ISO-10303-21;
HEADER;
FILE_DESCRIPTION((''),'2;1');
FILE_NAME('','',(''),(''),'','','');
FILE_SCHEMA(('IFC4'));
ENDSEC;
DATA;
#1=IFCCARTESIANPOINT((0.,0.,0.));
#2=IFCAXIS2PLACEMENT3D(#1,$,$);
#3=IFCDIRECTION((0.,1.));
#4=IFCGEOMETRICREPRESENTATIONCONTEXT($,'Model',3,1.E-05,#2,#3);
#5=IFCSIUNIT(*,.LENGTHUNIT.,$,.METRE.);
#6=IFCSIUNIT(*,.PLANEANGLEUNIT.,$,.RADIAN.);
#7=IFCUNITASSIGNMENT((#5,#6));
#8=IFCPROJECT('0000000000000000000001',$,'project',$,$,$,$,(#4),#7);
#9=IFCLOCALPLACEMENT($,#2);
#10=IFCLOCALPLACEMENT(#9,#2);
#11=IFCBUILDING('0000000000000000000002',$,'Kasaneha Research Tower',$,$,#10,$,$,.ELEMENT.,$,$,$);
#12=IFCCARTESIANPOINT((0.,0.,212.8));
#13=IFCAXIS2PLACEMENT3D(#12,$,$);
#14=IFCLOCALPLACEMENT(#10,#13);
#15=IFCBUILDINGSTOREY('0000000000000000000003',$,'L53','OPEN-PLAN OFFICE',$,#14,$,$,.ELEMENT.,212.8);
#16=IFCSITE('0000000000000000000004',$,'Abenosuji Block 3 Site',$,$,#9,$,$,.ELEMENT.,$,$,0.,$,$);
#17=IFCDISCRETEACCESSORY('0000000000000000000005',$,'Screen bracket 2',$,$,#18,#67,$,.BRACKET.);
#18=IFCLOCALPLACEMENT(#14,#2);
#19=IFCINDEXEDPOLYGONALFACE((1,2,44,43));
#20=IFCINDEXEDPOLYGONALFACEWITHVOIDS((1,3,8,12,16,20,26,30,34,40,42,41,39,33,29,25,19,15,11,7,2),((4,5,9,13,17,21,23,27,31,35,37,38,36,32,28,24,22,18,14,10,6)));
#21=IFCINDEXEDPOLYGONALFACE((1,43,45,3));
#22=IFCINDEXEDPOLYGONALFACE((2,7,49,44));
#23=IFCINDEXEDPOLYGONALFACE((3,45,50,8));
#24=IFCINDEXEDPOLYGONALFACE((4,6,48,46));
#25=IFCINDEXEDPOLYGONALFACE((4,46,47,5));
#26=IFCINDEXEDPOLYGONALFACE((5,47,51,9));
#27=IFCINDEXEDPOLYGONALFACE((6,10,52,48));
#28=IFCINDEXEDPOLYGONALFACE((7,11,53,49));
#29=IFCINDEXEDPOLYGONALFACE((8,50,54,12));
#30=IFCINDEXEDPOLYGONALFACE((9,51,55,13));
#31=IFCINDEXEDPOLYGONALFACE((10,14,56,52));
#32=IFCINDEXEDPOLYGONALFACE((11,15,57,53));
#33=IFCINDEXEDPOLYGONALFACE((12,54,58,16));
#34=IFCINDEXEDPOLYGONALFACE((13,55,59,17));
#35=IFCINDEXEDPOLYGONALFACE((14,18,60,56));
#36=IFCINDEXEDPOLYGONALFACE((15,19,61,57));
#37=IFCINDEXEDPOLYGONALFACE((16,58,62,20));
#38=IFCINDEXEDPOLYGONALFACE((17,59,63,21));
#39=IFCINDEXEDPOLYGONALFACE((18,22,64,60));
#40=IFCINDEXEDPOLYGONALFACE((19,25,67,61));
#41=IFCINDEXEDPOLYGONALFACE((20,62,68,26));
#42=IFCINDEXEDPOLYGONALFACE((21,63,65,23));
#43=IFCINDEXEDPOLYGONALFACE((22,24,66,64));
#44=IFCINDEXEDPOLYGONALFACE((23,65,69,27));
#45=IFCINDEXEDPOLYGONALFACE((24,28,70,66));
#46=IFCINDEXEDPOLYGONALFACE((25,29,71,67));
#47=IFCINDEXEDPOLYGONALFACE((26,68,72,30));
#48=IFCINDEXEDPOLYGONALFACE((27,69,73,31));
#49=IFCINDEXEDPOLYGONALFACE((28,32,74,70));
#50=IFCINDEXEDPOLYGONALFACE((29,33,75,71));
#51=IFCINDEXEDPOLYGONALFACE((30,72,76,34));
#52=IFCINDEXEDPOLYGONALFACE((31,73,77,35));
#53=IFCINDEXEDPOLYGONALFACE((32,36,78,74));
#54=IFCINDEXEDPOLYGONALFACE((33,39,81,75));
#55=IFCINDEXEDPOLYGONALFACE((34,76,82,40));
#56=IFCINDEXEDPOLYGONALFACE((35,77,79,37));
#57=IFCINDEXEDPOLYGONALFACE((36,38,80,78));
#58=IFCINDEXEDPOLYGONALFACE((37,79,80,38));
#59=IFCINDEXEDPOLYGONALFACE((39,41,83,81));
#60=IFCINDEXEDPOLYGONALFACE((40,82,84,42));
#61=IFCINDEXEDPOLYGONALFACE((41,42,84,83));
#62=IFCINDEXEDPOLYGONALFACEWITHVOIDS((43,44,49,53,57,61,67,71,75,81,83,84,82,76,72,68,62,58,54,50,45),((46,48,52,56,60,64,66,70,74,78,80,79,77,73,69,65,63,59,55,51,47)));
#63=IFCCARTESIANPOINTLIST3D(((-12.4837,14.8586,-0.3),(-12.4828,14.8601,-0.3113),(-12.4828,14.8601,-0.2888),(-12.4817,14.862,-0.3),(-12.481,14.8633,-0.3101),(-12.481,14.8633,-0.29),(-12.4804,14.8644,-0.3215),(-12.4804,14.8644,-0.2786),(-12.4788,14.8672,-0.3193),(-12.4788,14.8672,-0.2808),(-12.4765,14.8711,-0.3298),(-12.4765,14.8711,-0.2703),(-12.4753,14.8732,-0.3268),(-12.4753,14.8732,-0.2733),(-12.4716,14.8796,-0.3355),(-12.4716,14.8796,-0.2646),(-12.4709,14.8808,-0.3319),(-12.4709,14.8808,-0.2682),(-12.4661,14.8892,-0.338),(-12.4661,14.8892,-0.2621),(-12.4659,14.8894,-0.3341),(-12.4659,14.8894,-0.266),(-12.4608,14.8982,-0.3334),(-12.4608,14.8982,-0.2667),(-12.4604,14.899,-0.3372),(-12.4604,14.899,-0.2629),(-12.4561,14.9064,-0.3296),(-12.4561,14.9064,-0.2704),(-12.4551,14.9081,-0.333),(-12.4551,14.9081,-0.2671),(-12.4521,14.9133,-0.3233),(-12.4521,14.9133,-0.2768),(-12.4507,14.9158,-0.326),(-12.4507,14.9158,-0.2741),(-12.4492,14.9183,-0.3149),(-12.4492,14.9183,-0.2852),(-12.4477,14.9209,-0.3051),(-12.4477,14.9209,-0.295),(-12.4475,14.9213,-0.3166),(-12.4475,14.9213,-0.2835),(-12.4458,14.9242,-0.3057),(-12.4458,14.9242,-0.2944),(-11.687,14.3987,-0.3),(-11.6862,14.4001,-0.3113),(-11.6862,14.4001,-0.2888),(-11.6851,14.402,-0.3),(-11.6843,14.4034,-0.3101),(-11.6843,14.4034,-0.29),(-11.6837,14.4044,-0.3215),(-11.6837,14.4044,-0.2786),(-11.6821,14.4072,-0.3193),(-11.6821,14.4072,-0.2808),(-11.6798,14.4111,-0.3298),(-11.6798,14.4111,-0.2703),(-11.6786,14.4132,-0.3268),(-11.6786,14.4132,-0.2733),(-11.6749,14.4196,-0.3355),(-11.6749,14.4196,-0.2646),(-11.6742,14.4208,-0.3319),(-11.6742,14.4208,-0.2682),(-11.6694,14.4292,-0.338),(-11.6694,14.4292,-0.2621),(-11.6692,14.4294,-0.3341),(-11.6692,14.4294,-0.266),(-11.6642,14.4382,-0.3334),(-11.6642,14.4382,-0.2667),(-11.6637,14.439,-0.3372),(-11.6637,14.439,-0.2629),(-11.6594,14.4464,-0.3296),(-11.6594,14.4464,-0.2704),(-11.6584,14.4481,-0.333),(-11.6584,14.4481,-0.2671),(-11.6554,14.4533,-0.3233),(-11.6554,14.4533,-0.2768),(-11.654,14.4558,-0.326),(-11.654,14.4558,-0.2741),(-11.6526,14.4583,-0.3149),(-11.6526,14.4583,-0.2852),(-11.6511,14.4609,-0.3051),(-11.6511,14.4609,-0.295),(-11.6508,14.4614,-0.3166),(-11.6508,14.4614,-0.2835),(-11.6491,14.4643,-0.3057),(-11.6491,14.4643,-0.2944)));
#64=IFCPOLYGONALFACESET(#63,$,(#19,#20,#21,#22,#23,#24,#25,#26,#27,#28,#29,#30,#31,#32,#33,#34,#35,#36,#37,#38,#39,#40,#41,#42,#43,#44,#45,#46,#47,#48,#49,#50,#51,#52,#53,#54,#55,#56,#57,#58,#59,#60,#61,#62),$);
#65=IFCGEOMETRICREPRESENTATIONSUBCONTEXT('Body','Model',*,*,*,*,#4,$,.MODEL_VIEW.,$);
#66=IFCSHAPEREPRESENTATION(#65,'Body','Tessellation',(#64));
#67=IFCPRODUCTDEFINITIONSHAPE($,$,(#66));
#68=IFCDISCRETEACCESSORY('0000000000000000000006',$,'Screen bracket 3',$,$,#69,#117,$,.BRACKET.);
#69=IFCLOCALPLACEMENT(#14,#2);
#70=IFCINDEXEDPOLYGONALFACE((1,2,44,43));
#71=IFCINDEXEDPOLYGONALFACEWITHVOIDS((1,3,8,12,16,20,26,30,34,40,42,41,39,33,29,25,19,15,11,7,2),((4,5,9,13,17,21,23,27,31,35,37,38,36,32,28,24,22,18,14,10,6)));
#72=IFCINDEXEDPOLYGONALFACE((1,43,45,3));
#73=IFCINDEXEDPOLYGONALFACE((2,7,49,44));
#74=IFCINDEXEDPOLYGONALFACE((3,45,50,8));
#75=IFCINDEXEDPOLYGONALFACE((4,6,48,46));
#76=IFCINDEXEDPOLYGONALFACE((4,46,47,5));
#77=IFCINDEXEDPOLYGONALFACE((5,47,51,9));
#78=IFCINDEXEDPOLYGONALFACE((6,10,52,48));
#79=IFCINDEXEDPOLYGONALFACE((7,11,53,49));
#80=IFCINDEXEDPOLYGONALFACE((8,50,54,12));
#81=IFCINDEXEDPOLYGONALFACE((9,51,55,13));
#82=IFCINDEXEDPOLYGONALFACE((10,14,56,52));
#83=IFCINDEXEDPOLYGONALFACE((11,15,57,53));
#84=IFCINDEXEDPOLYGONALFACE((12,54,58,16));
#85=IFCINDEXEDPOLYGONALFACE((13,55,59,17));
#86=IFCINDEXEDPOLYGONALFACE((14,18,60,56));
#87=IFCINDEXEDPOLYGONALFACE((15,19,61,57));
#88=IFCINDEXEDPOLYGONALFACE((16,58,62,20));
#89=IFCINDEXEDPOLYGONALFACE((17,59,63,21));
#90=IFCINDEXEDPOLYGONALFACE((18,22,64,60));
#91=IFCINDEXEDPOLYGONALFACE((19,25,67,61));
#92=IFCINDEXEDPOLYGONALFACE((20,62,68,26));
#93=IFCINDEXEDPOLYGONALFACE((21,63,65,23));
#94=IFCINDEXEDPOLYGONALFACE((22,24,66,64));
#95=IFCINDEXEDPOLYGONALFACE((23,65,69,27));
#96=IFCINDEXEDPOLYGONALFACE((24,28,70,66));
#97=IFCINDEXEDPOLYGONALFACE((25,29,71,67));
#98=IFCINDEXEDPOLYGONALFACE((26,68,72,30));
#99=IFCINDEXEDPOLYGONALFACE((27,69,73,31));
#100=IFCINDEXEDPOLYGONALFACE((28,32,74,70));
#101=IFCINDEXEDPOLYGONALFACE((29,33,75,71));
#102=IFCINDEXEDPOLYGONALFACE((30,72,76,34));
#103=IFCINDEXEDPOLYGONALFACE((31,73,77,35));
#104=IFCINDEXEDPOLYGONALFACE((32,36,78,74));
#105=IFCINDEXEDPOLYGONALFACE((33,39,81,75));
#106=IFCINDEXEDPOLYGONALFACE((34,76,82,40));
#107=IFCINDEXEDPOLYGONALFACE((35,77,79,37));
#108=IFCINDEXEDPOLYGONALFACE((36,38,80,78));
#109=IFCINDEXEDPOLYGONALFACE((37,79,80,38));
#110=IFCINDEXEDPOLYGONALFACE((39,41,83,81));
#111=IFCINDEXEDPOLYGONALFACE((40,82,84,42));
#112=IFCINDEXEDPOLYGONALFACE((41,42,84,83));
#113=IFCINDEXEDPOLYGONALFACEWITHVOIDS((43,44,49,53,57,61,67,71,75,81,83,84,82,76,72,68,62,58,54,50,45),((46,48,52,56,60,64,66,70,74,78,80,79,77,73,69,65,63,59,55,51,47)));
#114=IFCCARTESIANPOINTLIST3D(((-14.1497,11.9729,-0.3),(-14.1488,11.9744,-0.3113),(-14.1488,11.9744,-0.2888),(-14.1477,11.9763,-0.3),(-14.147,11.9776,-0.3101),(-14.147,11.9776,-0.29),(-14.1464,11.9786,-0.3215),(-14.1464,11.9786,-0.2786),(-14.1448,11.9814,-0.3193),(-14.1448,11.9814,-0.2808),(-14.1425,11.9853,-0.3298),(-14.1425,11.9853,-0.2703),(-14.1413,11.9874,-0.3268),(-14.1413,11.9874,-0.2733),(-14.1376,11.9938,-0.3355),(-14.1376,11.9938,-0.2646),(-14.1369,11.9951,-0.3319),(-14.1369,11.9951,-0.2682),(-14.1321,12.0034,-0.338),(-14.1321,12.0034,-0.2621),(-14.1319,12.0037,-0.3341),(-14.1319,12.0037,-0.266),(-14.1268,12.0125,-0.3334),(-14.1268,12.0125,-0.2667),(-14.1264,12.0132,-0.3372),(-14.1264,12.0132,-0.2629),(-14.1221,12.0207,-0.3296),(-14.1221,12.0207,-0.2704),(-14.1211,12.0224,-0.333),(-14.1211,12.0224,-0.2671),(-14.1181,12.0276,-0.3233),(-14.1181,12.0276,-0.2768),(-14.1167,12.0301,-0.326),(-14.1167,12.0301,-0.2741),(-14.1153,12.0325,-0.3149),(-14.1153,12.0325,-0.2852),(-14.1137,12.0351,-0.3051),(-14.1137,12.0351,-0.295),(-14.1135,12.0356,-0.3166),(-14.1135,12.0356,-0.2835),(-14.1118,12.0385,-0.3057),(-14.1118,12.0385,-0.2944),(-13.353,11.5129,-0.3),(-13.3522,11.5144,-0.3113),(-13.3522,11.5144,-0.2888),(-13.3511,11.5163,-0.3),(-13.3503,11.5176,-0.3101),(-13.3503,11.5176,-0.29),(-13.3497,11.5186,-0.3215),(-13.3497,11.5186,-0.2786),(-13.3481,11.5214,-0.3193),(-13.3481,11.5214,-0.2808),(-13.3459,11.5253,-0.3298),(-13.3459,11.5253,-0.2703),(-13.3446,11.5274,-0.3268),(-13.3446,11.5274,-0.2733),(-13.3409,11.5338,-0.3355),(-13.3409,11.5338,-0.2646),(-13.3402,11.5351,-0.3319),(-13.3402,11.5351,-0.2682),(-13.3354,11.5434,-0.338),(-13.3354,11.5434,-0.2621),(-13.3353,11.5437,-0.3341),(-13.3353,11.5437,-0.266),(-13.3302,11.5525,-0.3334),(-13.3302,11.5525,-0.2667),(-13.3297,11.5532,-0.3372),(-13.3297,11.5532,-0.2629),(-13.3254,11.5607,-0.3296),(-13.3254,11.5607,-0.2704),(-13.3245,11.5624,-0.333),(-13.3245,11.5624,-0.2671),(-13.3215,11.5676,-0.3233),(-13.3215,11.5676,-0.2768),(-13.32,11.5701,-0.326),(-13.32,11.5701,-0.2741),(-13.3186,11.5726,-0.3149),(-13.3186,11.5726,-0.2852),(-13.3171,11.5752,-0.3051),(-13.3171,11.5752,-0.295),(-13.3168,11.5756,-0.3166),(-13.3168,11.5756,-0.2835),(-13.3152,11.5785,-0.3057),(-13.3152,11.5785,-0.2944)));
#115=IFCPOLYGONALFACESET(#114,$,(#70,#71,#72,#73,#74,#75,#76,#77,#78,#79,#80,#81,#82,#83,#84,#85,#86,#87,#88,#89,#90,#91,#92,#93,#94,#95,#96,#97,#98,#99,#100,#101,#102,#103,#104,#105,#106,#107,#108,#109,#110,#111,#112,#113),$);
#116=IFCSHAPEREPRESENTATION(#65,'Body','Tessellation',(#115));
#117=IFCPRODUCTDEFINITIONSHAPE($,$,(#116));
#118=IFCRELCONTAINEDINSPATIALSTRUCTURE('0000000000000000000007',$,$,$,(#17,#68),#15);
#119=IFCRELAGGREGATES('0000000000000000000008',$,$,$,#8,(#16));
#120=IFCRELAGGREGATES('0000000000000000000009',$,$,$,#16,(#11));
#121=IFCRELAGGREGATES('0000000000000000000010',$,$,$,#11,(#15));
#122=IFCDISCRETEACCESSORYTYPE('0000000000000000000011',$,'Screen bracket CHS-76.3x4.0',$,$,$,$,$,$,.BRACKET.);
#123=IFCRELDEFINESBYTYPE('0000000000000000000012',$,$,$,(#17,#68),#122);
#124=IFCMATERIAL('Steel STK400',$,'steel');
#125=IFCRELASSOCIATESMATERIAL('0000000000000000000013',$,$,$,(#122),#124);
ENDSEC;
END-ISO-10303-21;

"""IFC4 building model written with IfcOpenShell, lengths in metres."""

from ifc_helpers import new_model, si_unit, direction, frame, origin, origin_2d, place, context, subcontext, project, spatial, hollow_circle, extrude, material, material_profile, profile_set, type_object, element, save


model = new_model("IFC4")

# Units and contexts
model_context = context("Model", 3, precision=1e-05, world=origin(), true_north=direction((0.0, 1.0)))
body_context = subcontext(model_context, "Body", "Model", "MODEL_VIEW")
ifc_project = project(units=[si_unit("LENGTHUNIT", "METRE"), si_unit("PLANEANGLEUNIT", "RADIAN")], contexts=[model_context])

# Site, building, storey
site_placement = place(None, origin())
site = spatial("IfcSite", under=ifc_project, at=site_placement, Name="Abenosuji Block 3 Site", CompositionType="ELEMENT", RefElevation=0.0)
building_placement = place(site_placement, origin())
building = spatial("IfcBuilding", under=site, at=building_placement, Name="Kasaneha Research Tower", CompositionType="ELEMENT")
storey_placement = place(building_placement, frame((0.0, 0.0, 212.8)))
storey = spatial("IfcBuildingStorey", under=building, at=storey_placement, Name="L53", Description="OPEN-PLAN OFFICE", CompositionType="ELEMENT", Elevation=212.8)

# Discrete accessories
ifc_material_1 = material(Name="Steel STK400", Category="steel")
ifc_material_profile_1 = material_profile(ifc_material_1, hollow_circle(Radius=0.0381, WallThickness=0.0039, at=origin_2d()), Name="CHS-76.3x4.0")
ifc_profile_set_1 = profile_set([ifc_material_profile_1], Name="Steel STK400")
discrete_accessory_type = type_object("IfcDiscreteAccessoryType", Name="Screen bracket CHS-76.3x4.0", PredefinedType="BRACKET", material=ifc_profile_set_1)
for number, where, z_axis, x_axis, name in (
    (1, (-11.668, 14.4316, -0.3), (-0.866013, 0.500021, 0.0), (-0.500021, -0.866013, 0.0), "Screen bracket 2"),
    (2, (-13.334, 11.5459, -0.3), (-0.866013, 0.500021, 0.0), (-0.500021, -0.866013, 0.0), "Screen bracket 3"),
):
    element("IfcDiscreteAccessory", number, at=place(storey_placement, frame(where, z_axis=z_axis, x_axis=x_axis)), inside=storey, type_object=discrete_accessory_type, Name=name, PredefinedType="BRACKET", context=body_context, shape_type="SweptSolid", body=[
        extrude(hollow_circle(Radius=0.0381, WallThickness=0.0039, at=origin_2d()), origin(), (0.0, 0.0, 1.0), 0.9199),
    ])

save(model, "model.ifc")
